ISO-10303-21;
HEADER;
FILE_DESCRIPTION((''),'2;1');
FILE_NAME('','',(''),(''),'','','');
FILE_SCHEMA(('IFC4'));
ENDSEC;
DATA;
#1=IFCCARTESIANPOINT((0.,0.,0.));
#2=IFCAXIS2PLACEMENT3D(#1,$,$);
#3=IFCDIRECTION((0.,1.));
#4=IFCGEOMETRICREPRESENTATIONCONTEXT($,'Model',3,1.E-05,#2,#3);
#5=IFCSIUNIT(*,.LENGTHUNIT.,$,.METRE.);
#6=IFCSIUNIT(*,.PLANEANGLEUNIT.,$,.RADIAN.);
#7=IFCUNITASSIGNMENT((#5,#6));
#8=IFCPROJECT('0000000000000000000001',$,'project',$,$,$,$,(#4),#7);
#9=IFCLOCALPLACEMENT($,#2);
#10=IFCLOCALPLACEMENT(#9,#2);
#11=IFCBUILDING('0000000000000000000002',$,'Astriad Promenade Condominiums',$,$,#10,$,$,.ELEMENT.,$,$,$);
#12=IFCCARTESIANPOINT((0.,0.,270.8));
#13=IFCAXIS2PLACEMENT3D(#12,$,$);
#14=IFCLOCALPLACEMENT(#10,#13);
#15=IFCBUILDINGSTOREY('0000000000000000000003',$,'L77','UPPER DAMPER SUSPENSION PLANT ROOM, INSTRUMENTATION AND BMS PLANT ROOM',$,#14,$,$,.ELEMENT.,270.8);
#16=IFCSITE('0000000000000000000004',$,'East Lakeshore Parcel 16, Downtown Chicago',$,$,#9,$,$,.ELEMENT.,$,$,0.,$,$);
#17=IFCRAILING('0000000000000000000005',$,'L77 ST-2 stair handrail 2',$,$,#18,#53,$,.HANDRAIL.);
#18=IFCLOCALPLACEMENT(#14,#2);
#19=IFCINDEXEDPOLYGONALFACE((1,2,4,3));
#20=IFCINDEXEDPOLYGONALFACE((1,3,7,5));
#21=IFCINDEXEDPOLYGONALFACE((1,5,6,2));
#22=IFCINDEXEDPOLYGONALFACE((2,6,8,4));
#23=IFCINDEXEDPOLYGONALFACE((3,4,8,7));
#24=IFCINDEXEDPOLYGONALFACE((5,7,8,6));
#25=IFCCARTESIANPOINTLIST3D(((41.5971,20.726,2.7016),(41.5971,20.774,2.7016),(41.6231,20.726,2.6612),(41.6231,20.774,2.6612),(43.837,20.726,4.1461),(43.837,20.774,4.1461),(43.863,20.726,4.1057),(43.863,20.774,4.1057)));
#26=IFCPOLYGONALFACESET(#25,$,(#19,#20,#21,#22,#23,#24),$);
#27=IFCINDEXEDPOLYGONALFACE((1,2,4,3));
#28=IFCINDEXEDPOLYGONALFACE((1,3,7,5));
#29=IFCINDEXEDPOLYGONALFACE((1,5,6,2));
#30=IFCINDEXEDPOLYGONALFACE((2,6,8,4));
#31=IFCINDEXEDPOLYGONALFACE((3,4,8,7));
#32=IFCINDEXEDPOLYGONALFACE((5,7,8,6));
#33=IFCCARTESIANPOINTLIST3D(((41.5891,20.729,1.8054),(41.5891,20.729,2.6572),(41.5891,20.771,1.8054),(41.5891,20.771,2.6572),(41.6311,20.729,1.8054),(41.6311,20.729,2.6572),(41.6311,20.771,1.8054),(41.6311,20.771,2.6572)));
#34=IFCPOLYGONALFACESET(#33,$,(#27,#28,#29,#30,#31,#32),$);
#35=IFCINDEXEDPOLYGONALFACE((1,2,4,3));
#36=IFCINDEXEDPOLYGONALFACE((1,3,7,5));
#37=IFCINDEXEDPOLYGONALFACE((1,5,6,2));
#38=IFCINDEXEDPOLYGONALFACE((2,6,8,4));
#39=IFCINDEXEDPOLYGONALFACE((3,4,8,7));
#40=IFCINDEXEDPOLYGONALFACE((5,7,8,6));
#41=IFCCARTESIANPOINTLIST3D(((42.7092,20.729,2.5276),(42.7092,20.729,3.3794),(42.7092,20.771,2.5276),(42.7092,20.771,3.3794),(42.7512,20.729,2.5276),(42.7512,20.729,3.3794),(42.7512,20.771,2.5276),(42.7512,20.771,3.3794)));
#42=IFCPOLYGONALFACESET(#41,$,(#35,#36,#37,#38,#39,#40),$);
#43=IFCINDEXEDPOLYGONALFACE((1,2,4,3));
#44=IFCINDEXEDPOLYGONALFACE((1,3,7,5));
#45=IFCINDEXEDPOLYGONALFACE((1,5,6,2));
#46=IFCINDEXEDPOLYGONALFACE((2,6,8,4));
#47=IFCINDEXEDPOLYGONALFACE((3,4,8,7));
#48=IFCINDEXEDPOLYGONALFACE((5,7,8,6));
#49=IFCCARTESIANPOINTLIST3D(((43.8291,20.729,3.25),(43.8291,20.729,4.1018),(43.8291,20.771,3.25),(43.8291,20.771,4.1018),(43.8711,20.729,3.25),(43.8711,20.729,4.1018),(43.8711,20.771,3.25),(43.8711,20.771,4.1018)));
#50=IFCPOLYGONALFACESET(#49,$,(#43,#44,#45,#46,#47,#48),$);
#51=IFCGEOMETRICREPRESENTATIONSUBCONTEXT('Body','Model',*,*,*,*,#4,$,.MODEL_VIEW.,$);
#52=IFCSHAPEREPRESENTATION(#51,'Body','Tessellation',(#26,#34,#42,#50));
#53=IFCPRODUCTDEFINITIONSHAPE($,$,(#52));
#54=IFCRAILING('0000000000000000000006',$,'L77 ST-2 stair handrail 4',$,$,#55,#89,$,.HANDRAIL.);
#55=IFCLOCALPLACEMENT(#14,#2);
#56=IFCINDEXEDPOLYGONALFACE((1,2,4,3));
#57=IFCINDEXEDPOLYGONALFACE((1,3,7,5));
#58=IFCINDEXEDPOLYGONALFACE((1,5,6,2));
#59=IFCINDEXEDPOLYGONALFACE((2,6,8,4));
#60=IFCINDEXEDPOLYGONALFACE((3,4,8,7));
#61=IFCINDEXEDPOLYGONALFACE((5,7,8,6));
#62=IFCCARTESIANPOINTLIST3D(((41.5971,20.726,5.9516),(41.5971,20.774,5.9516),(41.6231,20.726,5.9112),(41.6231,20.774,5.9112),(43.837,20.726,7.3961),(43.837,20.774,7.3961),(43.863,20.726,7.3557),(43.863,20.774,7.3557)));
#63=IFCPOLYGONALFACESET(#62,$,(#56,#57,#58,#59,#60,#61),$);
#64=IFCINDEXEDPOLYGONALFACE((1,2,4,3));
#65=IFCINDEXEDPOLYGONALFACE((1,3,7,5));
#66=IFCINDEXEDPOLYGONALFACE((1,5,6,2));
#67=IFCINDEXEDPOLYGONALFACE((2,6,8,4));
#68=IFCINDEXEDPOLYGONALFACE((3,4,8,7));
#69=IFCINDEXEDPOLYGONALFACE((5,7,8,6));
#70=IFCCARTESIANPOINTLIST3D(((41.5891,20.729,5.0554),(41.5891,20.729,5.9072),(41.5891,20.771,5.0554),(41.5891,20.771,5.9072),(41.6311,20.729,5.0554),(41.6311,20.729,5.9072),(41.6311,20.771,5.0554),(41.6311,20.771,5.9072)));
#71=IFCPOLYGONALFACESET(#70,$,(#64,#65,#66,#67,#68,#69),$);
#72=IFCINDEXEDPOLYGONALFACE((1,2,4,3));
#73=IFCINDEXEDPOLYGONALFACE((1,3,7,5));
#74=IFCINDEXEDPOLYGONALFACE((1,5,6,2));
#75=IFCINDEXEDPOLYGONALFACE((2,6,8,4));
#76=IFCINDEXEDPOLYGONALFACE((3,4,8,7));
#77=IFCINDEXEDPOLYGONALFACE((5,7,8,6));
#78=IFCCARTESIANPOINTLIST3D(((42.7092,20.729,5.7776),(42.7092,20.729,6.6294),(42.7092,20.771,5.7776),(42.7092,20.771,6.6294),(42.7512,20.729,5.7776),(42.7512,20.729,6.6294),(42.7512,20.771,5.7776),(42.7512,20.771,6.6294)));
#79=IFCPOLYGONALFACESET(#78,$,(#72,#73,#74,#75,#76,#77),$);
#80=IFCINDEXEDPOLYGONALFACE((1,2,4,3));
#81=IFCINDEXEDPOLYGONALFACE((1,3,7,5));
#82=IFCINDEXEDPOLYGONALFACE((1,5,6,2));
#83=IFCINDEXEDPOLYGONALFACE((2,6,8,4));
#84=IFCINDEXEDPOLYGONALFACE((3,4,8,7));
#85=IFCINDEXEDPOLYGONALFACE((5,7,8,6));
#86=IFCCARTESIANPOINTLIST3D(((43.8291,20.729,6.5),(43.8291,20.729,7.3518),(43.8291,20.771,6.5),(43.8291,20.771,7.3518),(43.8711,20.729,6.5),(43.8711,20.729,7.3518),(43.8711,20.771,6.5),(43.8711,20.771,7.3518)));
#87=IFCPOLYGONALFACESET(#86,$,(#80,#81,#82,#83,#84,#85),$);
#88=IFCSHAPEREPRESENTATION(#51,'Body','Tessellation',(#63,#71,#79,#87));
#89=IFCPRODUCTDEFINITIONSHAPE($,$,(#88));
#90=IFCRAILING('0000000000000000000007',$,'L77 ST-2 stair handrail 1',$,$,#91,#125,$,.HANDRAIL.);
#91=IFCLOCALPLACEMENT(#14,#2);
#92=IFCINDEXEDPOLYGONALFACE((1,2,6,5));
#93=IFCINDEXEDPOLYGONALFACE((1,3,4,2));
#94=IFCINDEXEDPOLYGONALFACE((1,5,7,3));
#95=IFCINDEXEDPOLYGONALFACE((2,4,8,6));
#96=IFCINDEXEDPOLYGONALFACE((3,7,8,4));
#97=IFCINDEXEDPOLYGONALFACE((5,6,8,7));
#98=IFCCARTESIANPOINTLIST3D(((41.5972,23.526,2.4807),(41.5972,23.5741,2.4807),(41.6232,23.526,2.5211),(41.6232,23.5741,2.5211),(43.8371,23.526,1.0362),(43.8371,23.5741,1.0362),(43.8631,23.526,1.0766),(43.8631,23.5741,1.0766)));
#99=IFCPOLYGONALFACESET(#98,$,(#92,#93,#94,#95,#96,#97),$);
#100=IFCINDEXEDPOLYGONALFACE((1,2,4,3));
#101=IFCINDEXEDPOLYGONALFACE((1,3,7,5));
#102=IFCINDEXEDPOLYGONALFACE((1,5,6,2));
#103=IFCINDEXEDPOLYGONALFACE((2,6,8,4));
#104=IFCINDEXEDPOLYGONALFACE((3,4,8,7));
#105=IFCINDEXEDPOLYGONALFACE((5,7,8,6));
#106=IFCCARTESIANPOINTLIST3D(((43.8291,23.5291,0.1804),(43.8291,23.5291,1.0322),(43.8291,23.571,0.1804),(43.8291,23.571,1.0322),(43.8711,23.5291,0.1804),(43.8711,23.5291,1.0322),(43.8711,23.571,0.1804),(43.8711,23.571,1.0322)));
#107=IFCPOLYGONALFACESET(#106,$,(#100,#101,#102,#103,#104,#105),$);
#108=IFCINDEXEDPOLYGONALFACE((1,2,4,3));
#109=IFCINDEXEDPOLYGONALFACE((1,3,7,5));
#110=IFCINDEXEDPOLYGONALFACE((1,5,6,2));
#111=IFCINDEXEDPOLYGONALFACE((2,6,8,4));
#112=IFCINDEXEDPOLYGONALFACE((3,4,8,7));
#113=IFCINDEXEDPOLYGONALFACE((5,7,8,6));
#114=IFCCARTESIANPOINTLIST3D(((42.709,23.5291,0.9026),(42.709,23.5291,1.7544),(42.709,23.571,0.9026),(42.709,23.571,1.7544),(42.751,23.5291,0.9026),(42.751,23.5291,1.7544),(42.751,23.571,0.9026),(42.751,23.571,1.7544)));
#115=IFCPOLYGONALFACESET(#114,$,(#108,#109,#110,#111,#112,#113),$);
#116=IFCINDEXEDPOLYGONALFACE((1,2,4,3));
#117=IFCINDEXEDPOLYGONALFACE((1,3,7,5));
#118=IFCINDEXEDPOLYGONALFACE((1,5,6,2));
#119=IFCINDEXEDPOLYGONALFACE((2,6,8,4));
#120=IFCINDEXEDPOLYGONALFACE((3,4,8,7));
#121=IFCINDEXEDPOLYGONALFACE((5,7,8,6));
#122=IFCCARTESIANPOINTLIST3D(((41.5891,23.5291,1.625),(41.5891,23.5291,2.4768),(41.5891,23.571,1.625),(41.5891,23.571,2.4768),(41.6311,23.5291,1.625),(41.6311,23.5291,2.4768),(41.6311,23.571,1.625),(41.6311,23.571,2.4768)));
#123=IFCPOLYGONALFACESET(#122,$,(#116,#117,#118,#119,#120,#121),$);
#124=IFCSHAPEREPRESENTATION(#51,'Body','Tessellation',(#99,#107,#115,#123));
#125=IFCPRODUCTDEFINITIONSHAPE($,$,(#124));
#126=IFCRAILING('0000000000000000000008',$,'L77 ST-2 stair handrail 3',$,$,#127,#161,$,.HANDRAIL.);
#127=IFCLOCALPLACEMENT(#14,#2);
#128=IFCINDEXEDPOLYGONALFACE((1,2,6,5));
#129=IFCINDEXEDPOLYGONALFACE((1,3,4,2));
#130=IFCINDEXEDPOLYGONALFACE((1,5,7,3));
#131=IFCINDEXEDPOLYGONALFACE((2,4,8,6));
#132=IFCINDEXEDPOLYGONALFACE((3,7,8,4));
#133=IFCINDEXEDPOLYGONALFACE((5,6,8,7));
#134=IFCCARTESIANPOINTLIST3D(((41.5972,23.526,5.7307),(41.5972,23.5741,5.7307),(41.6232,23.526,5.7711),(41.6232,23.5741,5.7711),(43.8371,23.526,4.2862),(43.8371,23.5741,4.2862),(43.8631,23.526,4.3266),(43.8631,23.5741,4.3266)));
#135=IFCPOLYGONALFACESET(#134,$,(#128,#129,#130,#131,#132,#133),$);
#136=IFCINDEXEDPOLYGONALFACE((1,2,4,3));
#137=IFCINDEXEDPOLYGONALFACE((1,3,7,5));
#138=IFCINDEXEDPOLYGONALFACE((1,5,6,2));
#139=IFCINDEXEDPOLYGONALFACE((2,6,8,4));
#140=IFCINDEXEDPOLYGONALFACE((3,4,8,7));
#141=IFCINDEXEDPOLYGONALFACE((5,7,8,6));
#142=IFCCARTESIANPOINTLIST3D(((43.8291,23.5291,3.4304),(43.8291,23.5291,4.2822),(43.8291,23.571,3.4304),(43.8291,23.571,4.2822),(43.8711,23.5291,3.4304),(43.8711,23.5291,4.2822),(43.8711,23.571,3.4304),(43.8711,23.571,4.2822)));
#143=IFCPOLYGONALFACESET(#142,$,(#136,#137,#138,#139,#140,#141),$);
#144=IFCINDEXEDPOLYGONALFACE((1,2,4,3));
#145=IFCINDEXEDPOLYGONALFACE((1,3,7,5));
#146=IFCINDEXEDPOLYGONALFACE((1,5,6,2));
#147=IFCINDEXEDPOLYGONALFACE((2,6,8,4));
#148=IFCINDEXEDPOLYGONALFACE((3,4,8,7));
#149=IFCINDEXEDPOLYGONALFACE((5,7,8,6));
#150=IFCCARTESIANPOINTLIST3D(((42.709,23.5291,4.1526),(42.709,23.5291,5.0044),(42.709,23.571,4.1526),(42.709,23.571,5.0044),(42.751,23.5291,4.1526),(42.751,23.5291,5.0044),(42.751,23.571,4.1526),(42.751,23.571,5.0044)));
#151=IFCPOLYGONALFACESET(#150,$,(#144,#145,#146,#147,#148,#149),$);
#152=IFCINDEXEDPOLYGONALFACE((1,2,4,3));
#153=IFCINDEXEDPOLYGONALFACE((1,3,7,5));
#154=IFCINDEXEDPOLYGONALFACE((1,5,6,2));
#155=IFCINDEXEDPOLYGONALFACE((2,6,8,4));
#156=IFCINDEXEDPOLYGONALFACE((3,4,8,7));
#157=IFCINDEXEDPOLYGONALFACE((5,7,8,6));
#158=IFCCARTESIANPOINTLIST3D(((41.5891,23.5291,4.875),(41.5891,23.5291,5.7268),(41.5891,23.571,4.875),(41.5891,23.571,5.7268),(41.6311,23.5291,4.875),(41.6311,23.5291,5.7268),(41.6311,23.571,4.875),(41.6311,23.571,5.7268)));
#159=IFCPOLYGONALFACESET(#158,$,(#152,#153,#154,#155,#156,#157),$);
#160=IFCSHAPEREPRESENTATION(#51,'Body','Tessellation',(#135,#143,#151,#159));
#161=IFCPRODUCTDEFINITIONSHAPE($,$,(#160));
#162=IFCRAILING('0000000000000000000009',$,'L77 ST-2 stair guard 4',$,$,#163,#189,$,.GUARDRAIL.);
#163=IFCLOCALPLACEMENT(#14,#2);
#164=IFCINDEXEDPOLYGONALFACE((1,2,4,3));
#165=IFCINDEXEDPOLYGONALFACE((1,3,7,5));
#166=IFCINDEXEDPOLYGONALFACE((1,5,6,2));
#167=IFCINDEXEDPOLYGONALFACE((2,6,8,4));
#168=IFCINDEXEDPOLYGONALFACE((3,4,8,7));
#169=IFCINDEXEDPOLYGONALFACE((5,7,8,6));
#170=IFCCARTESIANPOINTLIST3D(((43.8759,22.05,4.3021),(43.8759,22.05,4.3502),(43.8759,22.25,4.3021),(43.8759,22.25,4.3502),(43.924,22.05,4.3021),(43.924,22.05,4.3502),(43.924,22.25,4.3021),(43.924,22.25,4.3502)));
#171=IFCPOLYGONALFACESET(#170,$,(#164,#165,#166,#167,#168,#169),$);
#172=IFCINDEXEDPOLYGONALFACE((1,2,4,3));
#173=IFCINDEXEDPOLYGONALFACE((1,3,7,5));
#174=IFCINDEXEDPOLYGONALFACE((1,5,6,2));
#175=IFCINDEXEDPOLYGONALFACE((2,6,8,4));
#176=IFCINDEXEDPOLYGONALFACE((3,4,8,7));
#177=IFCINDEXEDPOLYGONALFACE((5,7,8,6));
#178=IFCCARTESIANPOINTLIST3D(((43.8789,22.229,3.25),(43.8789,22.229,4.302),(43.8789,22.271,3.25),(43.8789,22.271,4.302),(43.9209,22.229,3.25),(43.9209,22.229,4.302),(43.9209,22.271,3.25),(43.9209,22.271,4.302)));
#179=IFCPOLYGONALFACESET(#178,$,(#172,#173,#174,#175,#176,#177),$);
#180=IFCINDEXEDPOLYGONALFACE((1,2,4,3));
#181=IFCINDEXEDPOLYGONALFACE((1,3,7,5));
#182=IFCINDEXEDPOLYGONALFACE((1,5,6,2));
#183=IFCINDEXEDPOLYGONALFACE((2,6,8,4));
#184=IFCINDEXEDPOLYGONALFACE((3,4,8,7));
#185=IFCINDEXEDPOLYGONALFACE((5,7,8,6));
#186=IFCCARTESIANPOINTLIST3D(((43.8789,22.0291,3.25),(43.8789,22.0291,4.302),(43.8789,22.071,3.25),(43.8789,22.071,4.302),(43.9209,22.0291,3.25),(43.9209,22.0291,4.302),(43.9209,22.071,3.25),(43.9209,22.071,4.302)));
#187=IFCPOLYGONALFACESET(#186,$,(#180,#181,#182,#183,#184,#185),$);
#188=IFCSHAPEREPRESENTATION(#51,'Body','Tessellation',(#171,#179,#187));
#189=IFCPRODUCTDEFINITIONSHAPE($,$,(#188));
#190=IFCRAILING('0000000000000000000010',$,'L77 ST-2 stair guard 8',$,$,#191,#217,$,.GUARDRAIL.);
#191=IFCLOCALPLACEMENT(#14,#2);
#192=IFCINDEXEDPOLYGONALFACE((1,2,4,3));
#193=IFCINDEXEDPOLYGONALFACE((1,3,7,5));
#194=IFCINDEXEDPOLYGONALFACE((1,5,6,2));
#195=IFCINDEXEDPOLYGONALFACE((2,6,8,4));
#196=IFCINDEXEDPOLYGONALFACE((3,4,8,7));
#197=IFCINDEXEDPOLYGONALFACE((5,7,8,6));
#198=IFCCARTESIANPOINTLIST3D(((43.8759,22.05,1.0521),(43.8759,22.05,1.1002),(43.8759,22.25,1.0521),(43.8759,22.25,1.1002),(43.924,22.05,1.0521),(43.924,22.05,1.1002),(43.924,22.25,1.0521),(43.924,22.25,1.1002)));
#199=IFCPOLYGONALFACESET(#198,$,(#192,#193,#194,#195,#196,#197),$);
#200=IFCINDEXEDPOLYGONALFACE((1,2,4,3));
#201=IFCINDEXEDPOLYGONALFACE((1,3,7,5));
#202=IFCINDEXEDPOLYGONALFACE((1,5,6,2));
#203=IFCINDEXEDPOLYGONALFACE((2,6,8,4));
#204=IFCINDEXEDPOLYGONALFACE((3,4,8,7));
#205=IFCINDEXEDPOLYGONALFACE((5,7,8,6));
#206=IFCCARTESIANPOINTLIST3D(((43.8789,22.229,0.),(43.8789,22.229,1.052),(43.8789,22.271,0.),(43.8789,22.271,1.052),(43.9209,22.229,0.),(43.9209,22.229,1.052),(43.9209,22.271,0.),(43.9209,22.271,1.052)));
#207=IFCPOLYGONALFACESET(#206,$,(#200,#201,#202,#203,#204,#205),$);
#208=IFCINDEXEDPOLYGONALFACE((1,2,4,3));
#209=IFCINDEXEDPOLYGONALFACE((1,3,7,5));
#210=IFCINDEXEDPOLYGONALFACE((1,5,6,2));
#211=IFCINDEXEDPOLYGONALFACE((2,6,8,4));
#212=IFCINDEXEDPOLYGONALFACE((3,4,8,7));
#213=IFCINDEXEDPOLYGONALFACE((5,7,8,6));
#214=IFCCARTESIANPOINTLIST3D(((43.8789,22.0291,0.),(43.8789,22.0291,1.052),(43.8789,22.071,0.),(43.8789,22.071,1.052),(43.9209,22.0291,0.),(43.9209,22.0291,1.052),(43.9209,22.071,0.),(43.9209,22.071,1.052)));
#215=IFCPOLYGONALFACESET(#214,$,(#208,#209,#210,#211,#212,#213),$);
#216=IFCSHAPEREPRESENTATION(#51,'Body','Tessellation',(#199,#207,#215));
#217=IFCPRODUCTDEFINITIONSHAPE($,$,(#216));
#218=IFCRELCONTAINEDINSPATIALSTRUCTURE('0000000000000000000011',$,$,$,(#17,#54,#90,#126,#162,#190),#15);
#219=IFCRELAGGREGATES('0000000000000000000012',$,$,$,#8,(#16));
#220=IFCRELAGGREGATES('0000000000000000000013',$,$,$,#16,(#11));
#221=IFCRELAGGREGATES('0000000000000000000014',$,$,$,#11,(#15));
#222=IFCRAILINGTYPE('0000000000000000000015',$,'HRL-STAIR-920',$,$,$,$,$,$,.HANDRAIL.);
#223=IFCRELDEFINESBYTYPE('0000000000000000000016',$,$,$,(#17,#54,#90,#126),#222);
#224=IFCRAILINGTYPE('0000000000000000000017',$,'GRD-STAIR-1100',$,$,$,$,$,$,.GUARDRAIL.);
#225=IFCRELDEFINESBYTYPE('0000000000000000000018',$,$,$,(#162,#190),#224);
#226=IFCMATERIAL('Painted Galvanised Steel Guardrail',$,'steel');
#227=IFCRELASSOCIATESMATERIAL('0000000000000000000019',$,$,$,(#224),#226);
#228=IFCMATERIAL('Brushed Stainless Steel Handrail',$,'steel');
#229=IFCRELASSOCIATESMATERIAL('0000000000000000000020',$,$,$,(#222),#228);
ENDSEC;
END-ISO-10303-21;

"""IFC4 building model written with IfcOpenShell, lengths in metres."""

from ifc_helpers import new_model, si_unit, direction, frame, origin, origin_2d, place, context, subcontext, project, spatial, rectangle, extrude, source, transform, mapped, material, type_object, type_shapes, element, save


model = new_model("IFC4")

# Units and contexts
model_context = context("Model", 3, precision=1e-05, world=origin(), true_north=direction((0.0, 1.0)))
body_context = subcontext(model_context, "Body", "Model", "MODEL_VIEW")
ifc_project = project(units=[si_unit("LENGTHUNIT", "METRE"), si_unit("PLANEANGLEUNIT", "RADIAN")], contexts=[model_context])

# Site, building, storey
site_placement = place(None, origin())
site = spatial("IfcSite", under=ifc_project, at=site_placement, Name="East Lakeshore Parcel 16, Downtown Chicago", CompositionType="ELEMENT", RefElevation=0.0)
building_placement = place(site_placement, origin())
building = spatial("IfcBuilding", under=site, at=building_placement, Name="Astriad Promenade Condominiums", CompositionType="ELEMENT")
storey_placement = place(building_placement, frame((0.0, 0.0, 270.8)))
storey = spatial("IfcBuildingStorey", under=building, at=storey_placement, Name="L77", Description="UPPER DAMPER SUSPENSION PLANT ROOM, INSTRUMENTATION AND BMS PLANT ROOM", CompositionType="ELEMENT", Elevation=270.8)

# Railings
ifc_material_1 = material(Name="Painted Galvanised Steel Guardrail", Category="steel")
railing_type_1 = type_object("IfcRailingType", Name="GRD-STAIR-1100", PredefinedType="GUARDRAIL", material=ifc_material_1)
ifc_material_2 = material(Name="Brushed Stainless Steel Handrail", Category="steel")
railing_type_2 = type_object("IfcRailingType", Name="HRL-STAIR-920", PredefinedType="HANDRAIL", material=ifc_material_2)
shared_shape_1 = source(origin(), body_context, "Body", "SweptSolid", [
    extrude(rectangle(XDim=0.0481, YDim=0.0481, at=origin_2d()), frame((0.0, 0.0, 0.876), z_axis=(0.840395, 0.0, 0.541975), x_axis=(0.0, 1.0, 0.0)), (0.0, 0.0, 1.0), 2.6653),
    extrude(rectangle(XDim=0.042, YDim=0.042, at=origin_2d()), origin(), (0.0, 0.0, 1.0), 0.8518),
    extrude(rectangle(XDim=0.042, YDim=0.042, at=origin_2d()), frame((1.1201, 0.0, 0.7222)), (0.0, 0.0, 1.0), 0.8518),
    extrude(rectangle(XDim=0.042, YDim=0.042, at=origin_2d()), frame((2.24, 0.0, 1.4446)), (0.0, 0.0, 1.0), 0.8518),
])
for number, where, name in (
    (1, (41.6101, 20.75, 1.8054), "L77 ST-2 stair handrail 2"),
    (2, (41.6101, 20.75, 5.0554), "L77 ST-2 stair handrail 4"),
):
    element("IfcRailing", number, at=place(storey_placement, frame(where)), inside=storey, type_object=railing_type_2, Name=name, PredefinedType="HANDRAIL", context=body_context, shape_type="MappedRepresentation", body=[
        mapped(shared_shape_1, transform((0.0, 0.0, 0.0), scale=1.0)),
    ])
shared_shape_2 = source(origin(), body_context, "Body", "SweptSolid", [
    extrude(rectangle(XDim=0.0481, YDim=0.0481, at=origin_2d()), frame((0.0, 0.0, 0.876), z_axis=(-0.840395, 0.0, 0.541975), x_axis=(0.0, -1.0, 0.0)), (0.0, 0.0, 1.0), 2.6653),
    extrude(rectangle(XDim=0.042, YDim=0.042, at=origin_2d()), origin(), (0.0, 0.0, 1.0), 0.8518),
    extrude(rectangle(XDim=0.042, YDim=0.042, at=origin_2d()), frame((-1.1201, 0.0, 0.7222)), (0.0, 0.0, 1.0), 0.8518),
    extrude(rectangle(XDim=0.042, YDim=0.042, at=origin_2d()), frame((-2.24, 0.0, 1.4446)), (0.0, 0.0, 1.0), 0.8518),
])
type_shapes(railing_type_2, [shared_shape_1, shared_shape_2])
for number, where, name in (
    (3, (43.8501, 23.55, 0.1804), "L77 ST-2 stair handrail 1"),
    (4, (43.8501, 23.55, 3.4304), "L77 ST-2 stair handrail 3"),
):
    element("IfcRailing", number, at=place(storey_placement, frame(where)), inside=storey, type_object=railing_type_2, Name=name, PredefinedType="HANDRAIL", context=body_context, shape_type="MappedRepresentation", body=[
        mapped(shared_shape_2, transform((0.0, 0.0, 0.0), scale=1.0)),
    ])
shared_shape_3 = source(origin(), body_context, "Body", "SweptSolid", [
    extrude(rectangle(XDim=0.0481, YDim=0.0481, at=origin_2d()), frame((0.0, 0.0, 1.0762), z_axis=(0.0, -1.0, 0.0), x_axis=(1.0, 0.0, 0.0)), (0.0, 0.0, 1.0), 0.2),
    extrude(rectangle(XDim=0.042, YDim=0.042, at=origin_2d()), origin(), (0.0, 0.0, 1.0), 1.052),
    extrude(rectangle(XDim=0.042, YDim=0.042, at=origin_2d()), frame((0.0, -0.2, 0.0)), (0.0, 0.0, 1.0), 1.052),
])
for number, where, name in (
    (5, (43.8999, 22.25, 3.25), "L77 ST-2 stair guard 4"),
    (6, (43.8999, 22.25, 0.0), "L77 ST-2 stair guard 8"),
):
    element("IfcRailing", number, at=place(storey_placement, frame(where)), inside=storey, type_object=railing_type_1, Name=name, PredefinedType="GUARDRAIL", context=body_context, shape_type="MappedRepresentation", body=[
        mapped(shared_shape_3, transform((0.0, 0.0, 0.0), scale=1.0)),
    ])

save(model, "model.ifc")
